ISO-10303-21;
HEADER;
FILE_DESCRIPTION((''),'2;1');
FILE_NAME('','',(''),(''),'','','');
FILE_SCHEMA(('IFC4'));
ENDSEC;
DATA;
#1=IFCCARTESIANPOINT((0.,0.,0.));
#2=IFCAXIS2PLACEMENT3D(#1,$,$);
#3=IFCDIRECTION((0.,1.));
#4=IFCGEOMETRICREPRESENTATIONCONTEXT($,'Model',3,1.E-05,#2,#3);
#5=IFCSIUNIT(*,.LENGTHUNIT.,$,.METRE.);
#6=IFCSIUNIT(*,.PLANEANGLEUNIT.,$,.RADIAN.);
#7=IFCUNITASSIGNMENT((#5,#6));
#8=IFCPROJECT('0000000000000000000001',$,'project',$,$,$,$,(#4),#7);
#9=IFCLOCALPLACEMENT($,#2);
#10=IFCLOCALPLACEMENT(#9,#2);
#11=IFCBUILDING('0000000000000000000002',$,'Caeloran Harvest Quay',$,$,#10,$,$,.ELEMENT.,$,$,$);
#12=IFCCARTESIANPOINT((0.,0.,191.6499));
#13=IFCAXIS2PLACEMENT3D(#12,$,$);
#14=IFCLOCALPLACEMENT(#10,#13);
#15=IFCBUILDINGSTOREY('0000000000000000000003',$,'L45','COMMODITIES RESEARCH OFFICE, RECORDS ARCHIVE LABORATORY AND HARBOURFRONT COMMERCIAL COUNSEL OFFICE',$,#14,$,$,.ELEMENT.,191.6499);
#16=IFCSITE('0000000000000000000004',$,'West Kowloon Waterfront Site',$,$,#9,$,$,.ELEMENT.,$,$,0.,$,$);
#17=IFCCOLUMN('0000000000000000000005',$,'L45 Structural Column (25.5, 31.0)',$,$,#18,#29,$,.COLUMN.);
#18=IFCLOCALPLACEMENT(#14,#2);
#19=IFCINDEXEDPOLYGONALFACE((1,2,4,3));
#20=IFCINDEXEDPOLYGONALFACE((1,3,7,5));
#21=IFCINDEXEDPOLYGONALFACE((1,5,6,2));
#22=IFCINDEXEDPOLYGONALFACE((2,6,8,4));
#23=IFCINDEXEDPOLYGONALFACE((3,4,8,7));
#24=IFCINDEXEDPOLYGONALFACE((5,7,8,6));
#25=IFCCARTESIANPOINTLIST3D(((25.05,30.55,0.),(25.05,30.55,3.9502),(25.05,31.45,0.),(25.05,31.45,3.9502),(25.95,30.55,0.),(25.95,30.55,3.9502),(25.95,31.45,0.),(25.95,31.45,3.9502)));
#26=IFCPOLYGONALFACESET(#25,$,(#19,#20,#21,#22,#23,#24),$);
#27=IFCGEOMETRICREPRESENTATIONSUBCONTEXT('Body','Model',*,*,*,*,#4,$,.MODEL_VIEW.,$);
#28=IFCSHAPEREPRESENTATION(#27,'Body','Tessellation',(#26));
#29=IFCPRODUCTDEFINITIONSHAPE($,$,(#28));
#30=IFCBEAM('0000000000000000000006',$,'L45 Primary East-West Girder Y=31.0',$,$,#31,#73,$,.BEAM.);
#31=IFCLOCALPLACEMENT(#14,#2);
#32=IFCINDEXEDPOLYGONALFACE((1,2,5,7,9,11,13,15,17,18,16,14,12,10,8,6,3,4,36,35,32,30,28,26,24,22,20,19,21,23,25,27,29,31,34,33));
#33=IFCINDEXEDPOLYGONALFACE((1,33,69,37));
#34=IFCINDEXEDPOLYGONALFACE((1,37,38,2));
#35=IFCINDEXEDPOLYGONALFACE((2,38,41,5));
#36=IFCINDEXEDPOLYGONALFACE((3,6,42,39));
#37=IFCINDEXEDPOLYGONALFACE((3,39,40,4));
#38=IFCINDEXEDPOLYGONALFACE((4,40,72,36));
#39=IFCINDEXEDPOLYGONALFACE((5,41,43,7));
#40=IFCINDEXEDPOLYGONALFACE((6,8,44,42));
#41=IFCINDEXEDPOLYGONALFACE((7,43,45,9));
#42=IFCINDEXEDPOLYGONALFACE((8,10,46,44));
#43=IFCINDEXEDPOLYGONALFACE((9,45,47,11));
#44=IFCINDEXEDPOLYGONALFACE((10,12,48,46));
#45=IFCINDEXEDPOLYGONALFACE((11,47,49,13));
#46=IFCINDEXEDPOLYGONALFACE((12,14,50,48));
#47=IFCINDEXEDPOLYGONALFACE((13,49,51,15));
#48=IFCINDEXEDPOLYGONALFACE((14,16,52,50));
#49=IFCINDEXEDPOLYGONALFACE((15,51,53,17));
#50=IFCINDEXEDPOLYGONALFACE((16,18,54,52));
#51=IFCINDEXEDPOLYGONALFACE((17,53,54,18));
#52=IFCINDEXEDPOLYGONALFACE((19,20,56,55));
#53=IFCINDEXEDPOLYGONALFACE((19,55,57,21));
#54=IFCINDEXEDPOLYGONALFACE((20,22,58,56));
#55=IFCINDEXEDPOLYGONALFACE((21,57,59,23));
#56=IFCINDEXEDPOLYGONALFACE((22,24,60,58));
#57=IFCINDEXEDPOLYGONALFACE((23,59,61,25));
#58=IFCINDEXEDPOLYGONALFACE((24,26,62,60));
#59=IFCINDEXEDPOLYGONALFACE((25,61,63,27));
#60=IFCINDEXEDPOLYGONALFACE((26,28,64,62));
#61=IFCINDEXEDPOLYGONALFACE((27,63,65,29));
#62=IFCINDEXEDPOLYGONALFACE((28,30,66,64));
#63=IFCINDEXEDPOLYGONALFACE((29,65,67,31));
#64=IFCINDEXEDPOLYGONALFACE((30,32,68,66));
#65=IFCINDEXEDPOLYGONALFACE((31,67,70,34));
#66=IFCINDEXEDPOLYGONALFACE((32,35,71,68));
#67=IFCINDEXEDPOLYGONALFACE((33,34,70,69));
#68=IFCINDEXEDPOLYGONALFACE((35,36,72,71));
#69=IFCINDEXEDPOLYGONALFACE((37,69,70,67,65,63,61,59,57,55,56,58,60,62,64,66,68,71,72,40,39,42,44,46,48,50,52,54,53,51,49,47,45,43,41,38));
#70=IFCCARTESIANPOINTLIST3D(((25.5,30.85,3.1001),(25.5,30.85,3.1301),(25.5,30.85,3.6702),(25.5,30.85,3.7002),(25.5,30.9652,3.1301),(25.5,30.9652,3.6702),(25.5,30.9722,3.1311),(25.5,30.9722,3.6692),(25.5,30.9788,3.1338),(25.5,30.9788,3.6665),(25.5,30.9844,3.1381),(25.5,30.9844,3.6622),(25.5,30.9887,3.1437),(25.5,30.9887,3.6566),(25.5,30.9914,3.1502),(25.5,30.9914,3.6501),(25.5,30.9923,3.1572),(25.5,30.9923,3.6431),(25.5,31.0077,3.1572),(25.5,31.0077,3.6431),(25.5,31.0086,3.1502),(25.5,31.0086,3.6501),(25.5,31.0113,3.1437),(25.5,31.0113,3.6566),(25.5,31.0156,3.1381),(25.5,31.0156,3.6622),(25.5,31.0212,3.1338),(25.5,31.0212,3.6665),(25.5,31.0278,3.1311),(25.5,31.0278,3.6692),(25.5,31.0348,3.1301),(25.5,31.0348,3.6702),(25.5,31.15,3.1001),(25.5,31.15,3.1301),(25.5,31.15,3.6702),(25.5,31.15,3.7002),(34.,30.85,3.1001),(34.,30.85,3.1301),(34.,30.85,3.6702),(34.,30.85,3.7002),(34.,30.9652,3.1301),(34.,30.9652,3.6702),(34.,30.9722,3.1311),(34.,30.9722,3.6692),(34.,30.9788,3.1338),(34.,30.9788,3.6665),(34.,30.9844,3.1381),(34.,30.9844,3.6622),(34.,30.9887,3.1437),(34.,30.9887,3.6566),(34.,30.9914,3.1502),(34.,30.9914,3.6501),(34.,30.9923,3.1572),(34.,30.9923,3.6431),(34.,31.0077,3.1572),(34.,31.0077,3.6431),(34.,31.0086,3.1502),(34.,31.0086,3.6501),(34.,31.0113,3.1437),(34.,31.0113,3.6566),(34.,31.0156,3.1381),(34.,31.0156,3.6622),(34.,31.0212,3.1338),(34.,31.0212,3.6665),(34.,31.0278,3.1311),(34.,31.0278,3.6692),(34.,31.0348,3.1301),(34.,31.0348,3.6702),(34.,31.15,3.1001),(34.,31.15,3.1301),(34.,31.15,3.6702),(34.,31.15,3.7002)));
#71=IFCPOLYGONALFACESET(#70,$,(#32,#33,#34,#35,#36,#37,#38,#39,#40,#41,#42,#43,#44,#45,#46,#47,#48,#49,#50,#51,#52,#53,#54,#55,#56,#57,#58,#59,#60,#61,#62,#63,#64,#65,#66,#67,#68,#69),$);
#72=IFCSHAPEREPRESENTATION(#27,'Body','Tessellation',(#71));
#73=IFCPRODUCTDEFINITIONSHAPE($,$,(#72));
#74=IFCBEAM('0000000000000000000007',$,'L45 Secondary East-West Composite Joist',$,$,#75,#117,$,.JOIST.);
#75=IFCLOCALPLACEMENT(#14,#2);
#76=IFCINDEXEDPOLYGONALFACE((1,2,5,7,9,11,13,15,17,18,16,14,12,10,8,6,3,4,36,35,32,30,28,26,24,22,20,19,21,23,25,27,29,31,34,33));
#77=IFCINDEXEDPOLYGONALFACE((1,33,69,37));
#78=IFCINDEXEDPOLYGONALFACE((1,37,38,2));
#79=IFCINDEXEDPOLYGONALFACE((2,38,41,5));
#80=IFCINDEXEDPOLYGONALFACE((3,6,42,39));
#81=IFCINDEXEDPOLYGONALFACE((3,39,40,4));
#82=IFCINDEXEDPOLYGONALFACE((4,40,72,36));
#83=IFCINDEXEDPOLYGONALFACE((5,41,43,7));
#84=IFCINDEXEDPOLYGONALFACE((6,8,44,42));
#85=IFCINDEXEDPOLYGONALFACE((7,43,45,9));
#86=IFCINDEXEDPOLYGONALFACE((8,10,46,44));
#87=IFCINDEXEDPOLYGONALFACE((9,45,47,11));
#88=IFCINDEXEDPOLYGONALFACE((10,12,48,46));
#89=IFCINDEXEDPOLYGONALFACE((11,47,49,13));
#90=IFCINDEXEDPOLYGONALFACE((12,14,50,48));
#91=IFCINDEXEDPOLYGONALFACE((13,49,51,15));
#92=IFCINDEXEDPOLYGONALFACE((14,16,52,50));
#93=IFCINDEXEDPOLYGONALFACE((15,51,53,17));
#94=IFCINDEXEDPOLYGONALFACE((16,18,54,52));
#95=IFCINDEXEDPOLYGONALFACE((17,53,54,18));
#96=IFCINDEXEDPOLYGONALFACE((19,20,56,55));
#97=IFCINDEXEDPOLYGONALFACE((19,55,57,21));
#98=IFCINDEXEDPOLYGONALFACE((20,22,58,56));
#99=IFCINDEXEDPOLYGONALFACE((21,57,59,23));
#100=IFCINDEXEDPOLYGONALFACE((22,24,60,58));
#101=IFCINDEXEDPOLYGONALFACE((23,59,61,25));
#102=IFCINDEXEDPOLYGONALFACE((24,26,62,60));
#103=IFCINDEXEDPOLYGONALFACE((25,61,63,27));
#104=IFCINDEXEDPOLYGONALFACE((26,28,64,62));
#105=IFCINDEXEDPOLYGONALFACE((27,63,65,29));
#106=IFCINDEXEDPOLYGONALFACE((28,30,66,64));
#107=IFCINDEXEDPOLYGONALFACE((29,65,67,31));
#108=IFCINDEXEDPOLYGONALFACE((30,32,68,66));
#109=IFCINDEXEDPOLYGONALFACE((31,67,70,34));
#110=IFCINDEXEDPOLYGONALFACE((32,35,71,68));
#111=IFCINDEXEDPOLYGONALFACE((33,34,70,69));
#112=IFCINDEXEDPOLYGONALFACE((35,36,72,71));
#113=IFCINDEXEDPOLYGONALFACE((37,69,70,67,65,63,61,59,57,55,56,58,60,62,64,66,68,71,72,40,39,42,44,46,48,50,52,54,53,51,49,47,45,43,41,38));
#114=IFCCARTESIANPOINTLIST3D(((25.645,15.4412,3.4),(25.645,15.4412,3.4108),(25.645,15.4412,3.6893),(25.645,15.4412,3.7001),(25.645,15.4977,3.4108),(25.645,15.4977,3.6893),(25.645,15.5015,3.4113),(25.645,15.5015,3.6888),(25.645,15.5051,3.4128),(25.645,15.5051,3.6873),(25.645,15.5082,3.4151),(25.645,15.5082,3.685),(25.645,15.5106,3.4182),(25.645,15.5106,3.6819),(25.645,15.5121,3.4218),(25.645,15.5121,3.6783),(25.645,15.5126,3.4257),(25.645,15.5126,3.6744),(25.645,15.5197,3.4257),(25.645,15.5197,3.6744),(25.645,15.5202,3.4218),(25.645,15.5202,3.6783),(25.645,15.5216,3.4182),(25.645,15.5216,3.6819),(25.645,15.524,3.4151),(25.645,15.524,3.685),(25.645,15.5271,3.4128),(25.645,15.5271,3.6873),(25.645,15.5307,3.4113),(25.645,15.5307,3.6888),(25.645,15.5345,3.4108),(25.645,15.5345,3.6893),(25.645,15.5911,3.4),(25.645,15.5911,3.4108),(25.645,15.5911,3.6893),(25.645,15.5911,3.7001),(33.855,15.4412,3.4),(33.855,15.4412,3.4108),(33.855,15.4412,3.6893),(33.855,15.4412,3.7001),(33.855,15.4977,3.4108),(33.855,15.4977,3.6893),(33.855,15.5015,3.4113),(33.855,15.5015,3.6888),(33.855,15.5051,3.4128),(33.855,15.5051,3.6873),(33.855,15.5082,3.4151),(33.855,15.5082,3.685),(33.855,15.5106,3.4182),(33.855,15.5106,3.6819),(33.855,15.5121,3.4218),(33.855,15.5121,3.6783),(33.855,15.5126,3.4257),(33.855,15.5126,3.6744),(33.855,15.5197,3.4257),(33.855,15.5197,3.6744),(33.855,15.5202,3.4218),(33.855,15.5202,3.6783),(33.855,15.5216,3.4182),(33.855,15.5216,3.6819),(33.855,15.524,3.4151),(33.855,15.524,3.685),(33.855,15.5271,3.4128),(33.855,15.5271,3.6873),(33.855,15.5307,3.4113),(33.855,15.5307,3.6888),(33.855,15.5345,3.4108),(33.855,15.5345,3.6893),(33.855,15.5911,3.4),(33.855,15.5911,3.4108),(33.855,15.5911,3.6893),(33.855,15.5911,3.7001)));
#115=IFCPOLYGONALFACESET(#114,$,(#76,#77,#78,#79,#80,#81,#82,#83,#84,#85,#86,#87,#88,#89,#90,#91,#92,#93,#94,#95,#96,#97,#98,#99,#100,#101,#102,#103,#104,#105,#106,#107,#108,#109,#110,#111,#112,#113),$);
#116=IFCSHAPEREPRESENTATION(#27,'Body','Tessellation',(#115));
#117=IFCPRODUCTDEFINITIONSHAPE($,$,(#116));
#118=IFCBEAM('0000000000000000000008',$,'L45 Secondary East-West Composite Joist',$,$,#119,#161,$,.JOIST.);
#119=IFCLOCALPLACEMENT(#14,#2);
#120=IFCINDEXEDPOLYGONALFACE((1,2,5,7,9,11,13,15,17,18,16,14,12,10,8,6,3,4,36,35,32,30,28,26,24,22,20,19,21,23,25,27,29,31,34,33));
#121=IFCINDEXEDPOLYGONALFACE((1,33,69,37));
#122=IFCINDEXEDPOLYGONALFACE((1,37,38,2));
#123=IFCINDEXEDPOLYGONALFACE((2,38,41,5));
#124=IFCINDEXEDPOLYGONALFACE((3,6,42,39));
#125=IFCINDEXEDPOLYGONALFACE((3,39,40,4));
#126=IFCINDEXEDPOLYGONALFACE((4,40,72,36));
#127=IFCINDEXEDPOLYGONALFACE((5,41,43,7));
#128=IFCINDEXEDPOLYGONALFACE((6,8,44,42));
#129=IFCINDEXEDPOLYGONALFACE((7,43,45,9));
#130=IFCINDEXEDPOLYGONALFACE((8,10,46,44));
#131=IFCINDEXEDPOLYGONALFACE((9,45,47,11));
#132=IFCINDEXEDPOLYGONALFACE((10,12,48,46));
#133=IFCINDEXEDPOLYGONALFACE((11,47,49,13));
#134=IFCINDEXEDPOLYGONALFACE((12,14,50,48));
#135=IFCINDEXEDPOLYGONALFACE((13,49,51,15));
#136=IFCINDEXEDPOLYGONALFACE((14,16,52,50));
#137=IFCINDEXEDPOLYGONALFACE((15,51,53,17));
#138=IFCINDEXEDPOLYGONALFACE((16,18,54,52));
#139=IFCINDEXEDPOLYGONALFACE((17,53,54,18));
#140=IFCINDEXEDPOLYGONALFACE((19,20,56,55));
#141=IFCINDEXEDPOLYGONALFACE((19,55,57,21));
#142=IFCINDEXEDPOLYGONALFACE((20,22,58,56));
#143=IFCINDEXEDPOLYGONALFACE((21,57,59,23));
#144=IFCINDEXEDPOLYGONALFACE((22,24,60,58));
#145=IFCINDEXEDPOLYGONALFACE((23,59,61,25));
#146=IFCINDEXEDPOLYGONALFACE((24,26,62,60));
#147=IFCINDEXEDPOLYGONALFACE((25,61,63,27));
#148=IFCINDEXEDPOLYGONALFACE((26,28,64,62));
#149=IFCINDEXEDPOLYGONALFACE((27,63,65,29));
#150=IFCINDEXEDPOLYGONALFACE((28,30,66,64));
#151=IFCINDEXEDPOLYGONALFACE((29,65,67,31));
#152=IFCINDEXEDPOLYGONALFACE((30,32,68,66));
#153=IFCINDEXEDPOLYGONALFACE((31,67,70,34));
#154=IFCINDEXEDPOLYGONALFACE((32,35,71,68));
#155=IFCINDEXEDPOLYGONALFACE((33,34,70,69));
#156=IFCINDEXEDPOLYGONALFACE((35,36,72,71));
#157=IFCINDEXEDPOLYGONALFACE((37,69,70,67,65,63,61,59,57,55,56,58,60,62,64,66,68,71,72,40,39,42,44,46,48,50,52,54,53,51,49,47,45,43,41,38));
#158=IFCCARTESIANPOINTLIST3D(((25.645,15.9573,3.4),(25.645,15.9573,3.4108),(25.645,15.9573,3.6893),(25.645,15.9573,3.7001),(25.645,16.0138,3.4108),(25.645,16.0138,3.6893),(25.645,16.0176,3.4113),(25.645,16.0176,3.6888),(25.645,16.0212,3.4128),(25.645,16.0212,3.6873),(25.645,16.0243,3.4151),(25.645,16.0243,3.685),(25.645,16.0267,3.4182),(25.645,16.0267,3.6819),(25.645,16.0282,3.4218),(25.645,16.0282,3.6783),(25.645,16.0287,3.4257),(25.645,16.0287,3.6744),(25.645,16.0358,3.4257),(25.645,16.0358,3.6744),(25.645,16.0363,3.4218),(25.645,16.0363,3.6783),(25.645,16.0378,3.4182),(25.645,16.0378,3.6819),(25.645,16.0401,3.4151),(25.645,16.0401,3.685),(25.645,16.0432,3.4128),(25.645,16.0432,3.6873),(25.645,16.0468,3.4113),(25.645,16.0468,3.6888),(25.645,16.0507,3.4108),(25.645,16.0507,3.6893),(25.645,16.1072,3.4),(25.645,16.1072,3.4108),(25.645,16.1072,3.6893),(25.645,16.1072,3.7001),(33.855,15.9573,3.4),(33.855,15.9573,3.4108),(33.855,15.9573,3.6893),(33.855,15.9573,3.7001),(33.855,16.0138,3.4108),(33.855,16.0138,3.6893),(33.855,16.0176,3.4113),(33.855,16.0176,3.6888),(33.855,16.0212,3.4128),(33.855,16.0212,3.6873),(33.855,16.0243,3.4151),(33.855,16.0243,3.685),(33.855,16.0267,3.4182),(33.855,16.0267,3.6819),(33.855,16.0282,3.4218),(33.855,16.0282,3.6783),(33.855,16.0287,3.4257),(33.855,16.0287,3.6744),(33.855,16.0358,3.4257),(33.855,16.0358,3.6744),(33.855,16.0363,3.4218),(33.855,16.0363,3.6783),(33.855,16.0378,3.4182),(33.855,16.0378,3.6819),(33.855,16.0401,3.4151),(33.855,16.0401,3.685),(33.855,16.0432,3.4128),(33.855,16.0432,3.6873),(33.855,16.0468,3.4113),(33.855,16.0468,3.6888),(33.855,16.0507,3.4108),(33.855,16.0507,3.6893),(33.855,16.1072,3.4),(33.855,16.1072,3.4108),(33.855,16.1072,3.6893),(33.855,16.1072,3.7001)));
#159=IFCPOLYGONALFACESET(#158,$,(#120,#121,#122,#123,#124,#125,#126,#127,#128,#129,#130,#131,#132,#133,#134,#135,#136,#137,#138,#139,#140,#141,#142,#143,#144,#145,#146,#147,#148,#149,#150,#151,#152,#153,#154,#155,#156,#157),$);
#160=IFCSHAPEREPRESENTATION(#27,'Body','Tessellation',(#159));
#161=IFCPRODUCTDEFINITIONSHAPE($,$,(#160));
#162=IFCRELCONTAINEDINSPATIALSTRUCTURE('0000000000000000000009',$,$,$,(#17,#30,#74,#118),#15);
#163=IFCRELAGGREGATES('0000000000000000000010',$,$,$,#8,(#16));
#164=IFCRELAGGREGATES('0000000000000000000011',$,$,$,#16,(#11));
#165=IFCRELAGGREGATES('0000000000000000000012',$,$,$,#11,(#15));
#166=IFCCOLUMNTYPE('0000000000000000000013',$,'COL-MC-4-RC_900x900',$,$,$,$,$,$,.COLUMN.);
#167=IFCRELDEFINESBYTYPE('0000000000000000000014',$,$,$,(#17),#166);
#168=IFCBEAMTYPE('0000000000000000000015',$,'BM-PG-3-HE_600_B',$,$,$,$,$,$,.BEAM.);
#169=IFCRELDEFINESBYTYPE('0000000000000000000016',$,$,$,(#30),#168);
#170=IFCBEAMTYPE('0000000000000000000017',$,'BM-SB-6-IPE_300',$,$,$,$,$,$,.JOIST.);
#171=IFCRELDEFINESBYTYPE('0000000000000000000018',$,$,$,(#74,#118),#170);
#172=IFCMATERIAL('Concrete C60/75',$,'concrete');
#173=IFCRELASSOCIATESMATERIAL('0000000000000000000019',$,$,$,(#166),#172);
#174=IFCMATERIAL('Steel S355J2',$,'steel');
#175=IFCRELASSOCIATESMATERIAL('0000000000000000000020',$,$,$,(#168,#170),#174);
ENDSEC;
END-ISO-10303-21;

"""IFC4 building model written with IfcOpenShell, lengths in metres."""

from ifc_helpers import new_model, si_unit, direction, frame, origin, origin_2d, place, context, subcontext, project, spatial, rectangle, i_section, extrude, material, material_profile, profile_set, type_object, element, save


model = new_model("IFC4")

# Units and contexts
model_context = context("Model", 3, precision=1e-05, world=origin(), true_north=direction((0.0, 1.0)))
body_context = subcontext(model_context, "Body", "Model", "MODEL_VIEW")
ifc_project = project(units=[si_unit("LENGTHUNIT", "METRE"), si_unit("PLANEANGLEUNIT", "RADIAN")], contexts=[model_context])

# Site, building, storey
site_placement = place(None, origin())
site = spatial("IfcSite", under=ifc_project, at=site_placement, Name="West Kowloon Waterfront Site", CompositionType="ELEMENT", RefElevation=0.0)
building_placement = place(site_placement, origin())
building = spatial("IfcBuilding", under=site, at=building_placement, Name="Caeloran Harvest Quay", CompositionType="ELEMENT")
storey_placement = place(building_placement, frame((0.0, 0.0, 191.6499)))
storey = spatial("IfcBuildingStorey", under=building, at=storey_placement, Name="L45", Description="COMMODITIES RESEARCH OFFICE, RECORDS ARCHIVE LABORATORY AND HARBOURFRONT COMMERCIAL COUNSEL OFFICE", CompositionType="ELEMENT", Elevation=191.6499)

# Column
ifc_material_1 = material(Name="Concrete C60/75", Category="concrete")
ifc_material_profile_1 = material_profile(ifc_material_1, rectangle(XDim=0.8999, YDim=0.8999, at=origin_2d()), Name="RC 900x900")
ifc_profile_set_1 = profile_set([ifc_material_profile_1], Name="Concrete C60/75")
column_type = type_object("IfcColumnType", Name="COL-MC-4-RC_900x900", PredefinedType="COLUMN", material=ifc_profile_set_1)
column_placement = place(storey_placement, frame((25.5, 31.0, 0.0), z_axis=(0.0, 0.0, 1.0), x_axis=(1.0, 0.0, 0.0)))
element("IfcColumn", 1, at=column_placement, inside=storey, type_object=column_type, Name="L45 Structural Column (25.5, 31.0)", PredefinedType="COLUMN", context=body_context, shape_type="SweptSolid", body=[
    extrude(rectangle(XDim=0.8999, YDim=0.8999, at=origin_2d()), origin(), (0.0, 0.0, 1.0), 3.9502),
])

# Beams
ifc_material_2 = material(Name="Steel S355J2", Category="steel")
ifc_material_profile_2 = material_profile(ifc_material_2, i_section(OverallWidth=0.3, OverallDepth=0.6001, WebThickness=0.0154, FlangeThickness=0.03, FilletRadius=0.0271, at=origin_2d()), Name="HE 600 B")
ifc_profile_set_2 = profile_set([ifc_material_profile_2], Name="Steel S355J2")
beam_type_1 = type_object("IfcBeamType", Name="BM-PG-3-HE_600_B", PredefinedType="BEAM", material=ifc_profile_set_2)
beam_1_placement = place(storey_placement, frame((25.5, 31.0, 3.4001), z_axis=(1.0, 0.0, 0.0), x_axis=(0.0, 1.0, 0.0)))
element("IfcBeam", 2, at=beam_1_placement, inside=storey, type_object=beam_type_1, Name="L45 Primary East-West Girder Y=31.0", PredefinedType="BEAM", context=body_context, shape_type="SweptSolid", body=[
    extrude(i_section(OverallWidth=0.3, OverallDepth=0.6001, WebThickness=0.0154, FlangeThickness=0.03, FilletRadius=0.0271, at=origin_2d()), origin(), (0.0, 0.0, 1.0), 8.5),
])
ifc_material_profile_3 = material_profile(ifc_material_2, i_section(OverallWidth=0.1499, OverallDepth=0.3, WebThickness=0.0071, FlangeThickness=0.0107, FilletRadius=0.0149, at=origin_2d()), Name="IPE 300")
ifc_profile_set_3 = profile_set([ifc_material_profile_3], Name="Steel S355J2")
beam_type_2 = type_object("IfcBeamType", Name="BM-SB-6-IPE_300", PredefinedType="JOIST", material=ifc_profile_set_3)
for number, where, z_axis, x_axis, name in (
    (3, (25.645, 15.5161, 3.55), (1.0, 0.0, 0.0), (0.0, 1.0, 0.0), "L45 Secondary East-West Composite Joist"),
    (4, (25.645, 16.0322, 3.55), (1.0, 0.0, 0.0), (0.0, 1.0, 0.0), "L45 Secondary East-West Composite Joist"),
):
    element("IfcBeam", number, at=place(storey_placement, frame(where, z_axis=z_axis, x_axis=x_axis)), inside=storey, type_object=beam_type_2, Name=name, PredefinedType="JOIST", context=body_context, shape_type="SweptSolid", body=[
        extrude(i_section(OverallWidth=0.1499, OverallDepth=0.3, WebThickness=0.0071, FlangeThickness=0.0107, FilletRadius=0.0149, at=origin_2d()), origin(), (0.0, 0.0, 1.0), 8.21),
    ])

save(model, "model.ifc")
